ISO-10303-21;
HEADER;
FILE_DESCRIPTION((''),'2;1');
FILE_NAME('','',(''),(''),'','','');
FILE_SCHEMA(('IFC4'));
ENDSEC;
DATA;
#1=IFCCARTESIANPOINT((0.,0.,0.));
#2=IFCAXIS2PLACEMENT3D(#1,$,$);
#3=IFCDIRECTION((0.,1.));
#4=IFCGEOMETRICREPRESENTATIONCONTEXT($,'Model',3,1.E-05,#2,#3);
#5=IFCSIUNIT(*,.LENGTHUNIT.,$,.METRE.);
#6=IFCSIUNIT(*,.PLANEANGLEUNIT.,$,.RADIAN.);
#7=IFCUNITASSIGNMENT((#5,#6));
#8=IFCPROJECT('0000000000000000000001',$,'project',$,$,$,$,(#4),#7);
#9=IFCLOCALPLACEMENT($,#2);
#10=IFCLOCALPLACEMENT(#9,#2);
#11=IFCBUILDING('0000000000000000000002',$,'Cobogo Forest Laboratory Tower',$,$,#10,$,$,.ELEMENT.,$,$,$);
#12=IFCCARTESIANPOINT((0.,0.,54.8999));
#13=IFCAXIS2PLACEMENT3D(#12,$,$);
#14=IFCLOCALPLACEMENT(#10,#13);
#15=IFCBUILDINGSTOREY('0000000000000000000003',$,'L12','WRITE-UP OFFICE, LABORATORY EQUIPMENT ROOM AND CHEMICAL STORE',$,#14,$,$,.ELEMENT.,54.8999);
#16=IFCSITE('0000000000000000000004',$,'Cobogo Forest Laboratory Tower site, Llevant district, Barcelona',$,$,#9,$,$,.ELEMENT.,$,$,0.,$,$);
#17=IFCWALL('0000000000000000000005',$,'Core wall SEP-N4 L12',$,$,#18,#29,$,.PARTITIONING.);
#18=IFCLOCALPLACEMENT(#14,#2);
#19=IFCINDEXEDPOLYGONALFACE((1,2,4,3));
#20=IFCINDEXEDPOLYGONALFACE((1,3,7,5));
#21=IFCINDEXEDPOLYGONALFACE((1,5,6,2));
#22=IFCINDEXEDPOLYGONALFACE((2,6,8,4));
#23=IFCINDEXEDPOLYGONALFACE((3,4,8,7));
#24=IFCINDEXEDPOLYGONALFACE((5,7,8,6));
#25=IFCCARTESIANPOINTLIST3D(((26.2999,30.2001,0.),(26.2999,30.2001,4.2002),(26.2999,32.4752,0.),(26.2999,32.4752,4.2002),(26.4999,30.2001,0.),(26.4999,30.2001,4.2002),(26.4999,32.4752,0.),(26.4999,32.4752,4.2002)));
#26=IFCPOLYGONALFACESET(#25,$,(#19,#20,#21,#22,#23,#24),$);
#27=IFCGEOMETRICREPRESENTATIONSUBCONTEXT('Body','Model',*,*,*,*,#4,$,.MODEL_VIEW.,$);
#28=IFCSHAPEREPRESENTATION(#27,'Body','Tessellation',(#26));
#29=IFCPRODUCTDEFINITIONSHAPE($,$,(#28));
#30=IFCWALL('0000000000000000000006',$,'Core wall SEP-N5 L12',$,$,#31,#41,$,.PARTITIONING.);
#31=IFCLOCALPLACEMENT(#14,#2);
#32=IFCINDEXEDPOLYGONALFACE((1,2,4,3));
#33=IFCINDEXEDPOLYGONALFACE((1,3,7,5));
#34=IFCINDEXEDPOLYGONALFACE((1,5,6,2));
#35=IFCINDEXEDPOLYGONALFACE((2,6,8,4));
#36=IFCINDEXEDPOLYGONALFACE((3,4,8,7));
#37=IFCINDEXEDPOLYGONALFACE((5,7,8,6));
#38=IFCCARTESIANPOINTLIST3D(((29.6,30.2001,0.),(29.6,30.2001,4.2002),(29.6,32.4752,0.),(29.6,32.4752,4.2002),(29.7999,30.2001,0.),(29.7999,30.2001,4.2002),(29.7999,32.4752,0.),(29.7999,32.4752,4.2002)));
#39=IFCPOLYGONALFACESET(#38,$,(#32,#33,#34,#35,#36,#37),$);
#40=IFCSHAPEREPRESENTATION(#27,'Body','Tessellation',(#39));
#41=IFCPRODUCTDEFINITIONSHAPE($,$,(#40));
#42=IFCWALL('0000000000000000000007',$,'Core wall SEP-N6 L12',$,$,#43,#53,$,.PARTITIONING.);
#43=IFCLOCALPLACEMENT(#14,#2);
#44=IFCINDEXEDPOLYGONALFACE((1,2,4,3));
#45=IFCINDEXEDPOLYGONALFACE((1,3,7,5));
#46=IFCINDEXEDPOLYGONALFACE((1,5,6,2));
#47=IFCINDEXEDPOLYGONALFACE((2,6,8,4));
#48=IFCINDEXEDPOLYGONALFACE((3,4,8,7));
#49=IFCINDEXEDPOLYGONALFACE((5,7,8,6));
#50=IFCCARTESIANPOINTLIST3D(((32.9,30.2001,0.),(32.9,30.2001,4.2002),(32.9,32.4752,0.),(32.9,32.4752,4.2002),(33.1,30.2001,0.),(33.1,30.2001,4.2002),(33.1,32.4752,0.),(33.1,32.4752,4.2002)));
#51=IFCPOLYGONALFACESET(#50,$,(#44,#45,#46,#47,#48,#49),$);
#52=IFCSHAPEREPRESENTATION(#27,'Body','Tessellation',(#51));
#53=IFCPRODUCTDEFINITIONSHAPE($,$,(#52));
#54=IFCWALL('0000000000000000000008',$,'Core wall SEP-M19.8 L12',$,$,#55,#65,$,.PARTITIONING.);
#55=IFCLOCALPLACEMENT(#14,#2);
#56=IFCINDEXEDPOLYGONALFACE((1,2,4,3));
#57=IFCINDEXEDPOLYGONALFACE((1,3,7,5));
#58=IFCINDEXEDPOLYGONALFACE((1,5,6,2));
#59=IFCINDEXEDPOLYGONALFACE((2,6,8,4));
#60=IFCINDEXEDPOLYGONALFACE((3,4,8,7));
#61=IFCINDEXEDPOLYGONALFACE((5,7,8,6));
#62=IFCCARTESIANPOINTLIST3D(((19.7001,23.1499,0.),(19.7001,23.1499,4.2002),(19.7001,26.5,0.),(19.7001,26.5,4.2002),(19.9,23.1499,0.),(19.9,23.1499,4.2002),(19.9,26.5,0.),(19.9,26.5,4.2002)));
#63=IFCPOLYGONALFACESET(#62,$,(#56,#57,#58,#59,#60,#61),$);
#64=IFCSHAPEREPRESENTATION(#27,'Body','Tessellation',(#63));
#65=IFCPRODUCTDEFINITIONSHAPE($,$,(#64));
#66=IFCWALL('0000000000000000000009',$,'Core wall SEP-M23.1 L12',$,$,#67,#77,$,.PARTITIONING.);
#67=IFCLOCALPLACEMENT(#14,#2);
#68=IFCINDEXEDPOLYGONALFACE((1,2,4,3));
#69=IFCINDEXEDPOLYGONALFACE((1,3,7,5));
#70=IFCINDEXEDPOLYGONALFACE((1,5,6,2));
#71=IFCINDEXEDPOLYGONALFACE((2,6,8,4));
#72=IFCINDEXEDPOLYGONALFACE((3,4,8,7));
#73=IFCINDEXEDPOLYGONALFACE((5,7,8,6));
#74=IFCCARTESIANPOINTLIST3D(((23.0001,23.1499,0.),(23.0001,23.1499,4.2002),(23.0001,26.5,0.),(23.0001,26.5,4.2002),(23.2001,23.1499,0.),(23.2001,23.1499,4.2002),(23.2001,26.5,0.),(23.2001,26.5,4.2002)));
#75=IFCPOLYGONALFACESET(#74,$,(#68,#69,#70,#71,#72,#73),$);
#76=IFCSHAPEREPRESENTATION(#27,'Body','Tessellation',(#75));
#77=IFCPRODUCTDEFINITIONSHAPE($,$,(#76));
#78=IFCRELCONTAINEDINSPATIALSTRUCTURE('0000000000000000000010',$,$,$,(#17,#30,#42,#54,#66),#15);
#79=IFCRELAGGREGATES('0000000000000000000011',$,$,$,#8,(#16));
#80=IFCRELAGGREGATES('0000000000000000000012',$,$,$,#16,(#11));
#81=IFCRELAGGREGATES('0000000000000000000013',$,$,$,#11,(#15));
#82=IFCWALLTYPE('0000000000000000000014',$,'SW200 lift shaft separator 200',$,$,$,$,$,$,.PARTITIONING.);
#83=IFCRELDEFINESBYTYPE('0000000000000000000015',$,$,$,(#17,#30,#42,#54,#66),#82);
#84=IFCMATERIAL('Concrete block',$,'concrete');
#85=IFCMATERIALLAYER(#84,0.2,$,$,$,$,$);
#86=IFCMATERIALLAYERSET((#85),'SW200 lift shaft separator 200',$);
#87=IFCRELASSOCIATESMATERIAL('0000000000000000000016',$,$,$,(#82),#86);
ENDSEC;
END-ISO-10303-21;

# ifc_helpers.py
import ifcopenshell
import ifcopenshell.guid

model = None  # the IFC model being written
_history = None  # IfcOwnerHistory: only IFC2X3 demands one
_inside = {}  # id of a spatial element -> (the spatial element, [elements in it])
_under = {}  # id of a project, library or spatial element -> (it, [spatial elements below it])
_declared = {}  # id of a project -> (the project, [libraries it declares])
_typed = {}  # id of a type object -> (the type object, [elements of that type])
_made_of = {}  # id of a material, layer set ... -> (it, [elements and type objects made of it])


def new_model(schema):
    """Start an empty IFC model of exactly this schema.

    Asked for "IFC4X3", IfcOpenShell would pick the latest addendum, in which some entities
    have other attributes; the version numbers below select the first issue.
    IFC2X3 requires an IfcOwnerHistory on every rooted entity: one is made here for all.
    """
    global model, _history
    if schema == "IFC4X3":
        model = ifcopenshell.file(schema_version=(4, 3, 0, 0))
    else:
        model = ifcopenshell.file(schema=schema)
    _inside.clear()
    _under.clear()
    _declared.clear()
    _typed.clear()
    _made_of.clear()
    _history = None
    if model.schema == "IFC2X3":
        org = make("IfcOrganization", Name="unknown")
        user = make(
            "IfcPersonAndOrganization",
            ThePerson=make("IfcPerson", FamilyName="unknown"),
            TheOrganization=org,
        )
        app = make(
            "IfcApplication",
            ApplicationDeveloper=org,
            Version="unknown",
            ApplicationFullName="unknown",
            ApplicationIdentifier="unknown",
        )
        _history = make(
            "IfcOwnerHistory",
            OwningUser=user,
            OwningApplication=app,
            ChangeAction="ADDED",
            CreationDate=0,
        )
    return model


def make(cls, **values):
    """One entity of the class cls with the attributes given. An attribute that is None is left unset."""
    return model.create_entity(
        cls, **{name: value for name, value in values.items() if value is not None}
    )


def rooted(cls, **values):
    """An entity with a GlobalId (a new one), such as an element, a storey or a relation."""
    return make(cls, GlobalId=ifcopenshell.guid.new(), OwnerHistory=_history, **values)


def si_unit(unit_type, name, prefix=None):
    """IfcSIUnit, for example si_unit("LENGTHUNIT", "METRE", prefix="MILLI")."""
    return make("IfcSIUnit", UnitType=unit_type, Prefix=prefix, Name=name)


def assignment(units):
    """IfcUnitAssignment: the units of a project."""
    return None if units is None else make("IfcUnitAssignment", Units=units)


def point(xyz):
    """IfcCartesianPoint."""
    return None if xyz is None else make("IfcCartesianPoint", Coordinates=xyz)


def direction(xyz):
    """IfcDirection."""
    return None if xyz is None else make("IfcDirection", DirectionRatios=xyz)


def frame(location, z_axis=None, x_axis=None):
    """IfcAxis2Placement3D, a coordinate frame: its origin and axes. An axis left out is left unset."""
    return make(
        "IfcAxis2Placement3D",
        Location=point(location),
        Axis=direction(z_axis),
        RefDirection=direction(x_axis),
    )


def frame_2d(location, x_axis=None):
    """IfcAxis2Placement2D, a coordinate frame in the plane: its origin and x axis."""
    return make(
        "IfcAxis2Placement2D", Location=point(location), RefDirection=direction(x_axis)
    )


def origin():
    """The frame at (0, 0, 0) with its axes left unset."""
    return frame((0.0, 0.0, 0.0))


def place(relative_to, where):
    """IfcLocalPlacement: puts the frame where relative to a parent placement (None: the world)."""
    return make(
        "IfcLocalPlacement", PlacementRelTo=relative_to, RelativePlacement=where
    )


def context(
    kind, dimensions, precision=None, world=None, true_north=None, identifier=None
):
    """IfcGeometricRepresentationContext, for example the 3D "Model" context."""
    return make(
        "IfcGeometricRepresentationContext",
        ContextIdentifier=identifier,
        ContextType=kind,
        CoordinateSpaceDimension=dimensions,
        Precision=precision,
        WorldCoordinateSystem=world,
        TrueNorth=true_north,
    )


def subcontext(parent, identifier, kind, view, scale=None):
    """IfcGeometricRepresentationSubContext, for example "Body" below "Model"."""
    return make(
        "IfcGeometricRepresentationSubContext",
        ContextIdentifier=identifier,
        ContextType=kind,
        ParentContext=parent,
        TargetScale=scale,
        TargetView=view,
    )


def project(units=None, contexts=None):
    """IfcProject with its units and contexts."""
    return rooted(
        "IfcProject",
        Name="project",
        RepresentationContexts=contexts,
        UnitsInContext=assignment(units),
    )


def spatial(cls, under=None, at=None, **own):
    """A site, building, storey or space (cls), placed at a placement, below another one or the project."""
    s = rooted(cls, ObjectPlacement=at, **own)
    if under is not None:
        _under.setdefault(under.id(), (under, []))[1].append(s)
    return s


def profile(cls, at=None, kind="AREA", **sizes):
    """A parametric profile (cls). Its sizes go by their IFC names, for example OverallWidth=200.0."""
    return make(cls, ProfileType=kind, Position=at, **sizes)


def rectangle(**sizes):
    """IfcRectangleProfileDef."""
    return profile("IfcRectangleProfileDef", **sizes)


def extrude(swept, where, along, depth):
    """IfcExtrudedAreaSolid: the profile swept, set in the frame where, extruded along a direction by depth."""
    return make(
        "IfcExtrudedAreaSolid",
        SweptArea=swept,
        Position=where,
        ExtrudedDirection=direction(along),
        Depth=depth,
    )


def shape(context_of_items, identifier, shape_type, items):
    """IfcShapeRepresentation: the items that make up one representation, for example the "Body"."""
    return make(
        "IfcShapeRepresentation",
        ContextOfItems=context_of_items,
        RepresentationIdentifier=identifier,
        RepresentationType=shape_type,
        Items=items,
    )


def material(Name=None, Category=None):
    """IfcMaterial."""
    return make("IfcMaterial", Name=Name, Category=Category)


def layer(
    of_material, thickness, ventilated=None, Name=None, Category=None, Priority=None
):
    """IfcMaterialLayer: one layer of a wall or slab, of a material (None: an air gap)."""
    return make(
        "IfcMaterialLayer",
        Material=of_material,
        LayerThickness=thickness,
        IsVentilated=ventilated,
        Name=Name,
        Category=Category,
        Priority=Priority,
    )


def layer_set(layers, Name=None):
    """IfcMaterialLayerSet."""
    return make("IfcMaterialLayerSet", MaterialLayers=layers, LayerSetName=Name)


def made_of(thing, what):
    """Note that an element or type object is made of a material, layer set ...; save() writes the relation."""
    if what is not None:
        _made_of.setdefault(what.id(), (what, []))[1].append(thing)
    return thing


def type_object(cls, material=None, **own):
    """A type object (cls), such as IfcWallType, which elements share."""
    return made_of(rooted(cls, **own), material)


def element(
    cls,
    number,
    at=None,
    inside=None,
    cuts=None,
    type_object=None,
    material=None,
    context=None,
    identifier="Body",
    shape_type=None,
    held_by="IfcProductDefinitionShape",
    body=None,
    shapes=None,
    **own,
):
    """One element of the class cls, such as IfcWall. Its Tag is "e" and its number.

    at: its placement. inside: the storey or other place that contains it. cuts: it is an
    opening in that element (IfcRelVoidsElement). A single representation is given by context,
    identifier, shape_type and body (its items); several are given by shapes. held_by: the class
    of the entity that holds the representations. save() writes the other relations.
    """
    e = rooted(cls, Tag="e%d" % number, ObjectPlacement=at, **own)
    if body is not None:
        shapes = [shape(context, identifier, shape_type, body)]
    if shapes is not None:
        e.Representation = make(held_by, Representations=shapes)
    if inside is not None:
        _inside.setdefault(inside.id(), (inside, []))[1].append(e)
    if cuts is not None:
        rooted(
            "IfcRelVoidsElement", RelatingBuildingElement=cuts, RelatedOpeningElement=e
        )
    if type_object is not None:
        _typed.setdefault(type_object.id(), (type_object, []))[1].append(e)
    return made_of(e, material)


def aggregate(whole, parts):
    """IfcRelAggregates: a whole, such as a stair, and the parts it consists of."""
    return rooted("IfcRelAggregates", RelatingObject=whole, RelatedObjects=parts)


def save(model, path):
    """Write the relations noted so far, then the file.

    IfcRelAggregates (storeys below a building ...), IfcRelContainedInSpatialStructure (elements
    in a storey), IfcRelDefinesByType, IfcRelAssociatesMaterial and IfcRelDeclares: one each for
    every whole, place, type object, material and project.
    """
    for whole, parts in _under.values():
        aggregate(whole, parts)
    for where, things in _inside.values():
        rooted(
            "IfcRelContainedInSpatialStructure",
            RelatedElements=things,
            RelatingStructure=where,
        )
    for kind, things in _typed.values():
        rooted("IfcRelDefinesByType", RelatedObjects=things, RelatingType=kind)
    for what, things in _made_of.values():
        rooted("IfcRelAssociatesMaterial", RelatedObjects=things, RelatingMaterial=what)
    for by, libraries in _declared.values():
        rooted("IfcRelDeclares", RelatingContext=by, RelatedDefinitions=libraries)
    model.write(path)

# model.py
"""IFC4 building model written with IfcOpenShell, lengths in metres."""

from ifc_helpers import new_model, si_unit, direction, frame, frame_2d, origin, place, context, subcontext, project, spatial, rectangle, extrude, material, layer, layer_set, type_object, element, save


model = new_model("IFC4")

# Units and contexts
model_context = context("Model", 3, precision=1e-05, world=origin(), true_north=direction((0.0, 1.0)))
body_context = subcontext(model_context, "Body", "Model", "MODEL_VIEW")
ifc_project = project(units=[si_unit("LENGTHUNIT", "METRE"), si_unit("PLANEANGLEUNIT", "RADIAN")], contexts=[model_context])

# Site, building, storey
site_placement = place(None, origin())
site = spatial("IfcSite", under=ifc_project, at=site_placement, Name="Cobogo Forest Laboratory Tower site, Llevant district, Barcelona", CompositionType="ELEMENT", RefElevation=0.0)
building_placement = place(site_placement, origin())
building = spatial("IfcBuilding", under=site, at=building_placement, Name="Cobogo Forest Laboratory Tower", CompositionType="ELEMENT")
storey_placement = place(building_placement, frame((0.0, 0.0, 54.8999)))
storey = spatial("IfcBuildingStorey", under=building, at=storey_placement, Name="L12", Description="WRITE-UP OFFICE, LABORATORY EQUIPMENT ROOM AND CHEMICAL STORE", CompositionType="ELEMENT", Elevation=54.8999)

# Walls
ifc_material_1 = material(Name="Concrete block", Category="concrete")
ifc_layer_1 = layer(ifc_material_1, 0.2)
ifc_layer_set_1 = layer_set([ifc_layer_1], Name="SW200 lift shaft separator 200")
wall_type_1 = type_object("IfcWallType", Name="SW200 lift shaft separator 200", PredefinedType="PARTITIONING", material=ifc_layer_set_1)
for number, where, z_axis, x_axis, name in (
    (1, (26.3999, 30.2, 0.0), (0.0, 0.0, 1.0), (0.0, 1.0, 0.0), "Core wall SEP-N4 L12"),
    (2, (29.7, 30.2, 0.0), (0.0, 0.0, 1.0), (0.0, 1.0, 0.0), "Core wall SEP-N5 L12"),
    (3, (33.0, 30.2, 0.0), (0.0, 0.0, 1.0), (0.0, 1.0, 0.0), "Core wall SEP-N6 L12"),
):
    element("IfcWall", number, at=place(storey_placement, frame(where, z_axis=z_axis, x_axis=x_axis)), inside=storey, type_object=wall_type_1, Name=name, PredefinedType="PARTITIONING", context=body_context, shape_type="SweptSolid", body=[
        extrude(rectangle(XDim=2.2751, YDim=0.2, at=frame_2d((1.1377, 0.0))), origin(), (0.0, 0.0, 1.0), 4.2002),
    ])
for number, where, z_axis, x_axis, name in (
    (4, (19.8, 23.1499, 0.0), (0.0, 0.0, 1.0), (0.0, 1.0, 0.0), "Core wall SEP-M19.8 L12"),
    (5, (23.1001, 23.1499, 0.0), (0.0, 0.0, 1.0), (0.0, 1.0, 0.0), "Core wall SEP-M23.1 L12"),
):
    element("IfcWall", number, at=place(storey_placement, frame(where, z_axis=z_axis, x_axis=x_axis)), inside=storey, type_object=wall_type_1, Name=name, PredefinedType="PARTITIONING", context=body_context, shape_type="SweptSolid", body=[
        extrude(rectangle(XDim=3.3501, YDim=0.2, at=frame_2d((1.675, 0.0))), origin(), (0.0, 0.0, 1.0), 4.2002),
    ])

save(model, "model.ifc")
